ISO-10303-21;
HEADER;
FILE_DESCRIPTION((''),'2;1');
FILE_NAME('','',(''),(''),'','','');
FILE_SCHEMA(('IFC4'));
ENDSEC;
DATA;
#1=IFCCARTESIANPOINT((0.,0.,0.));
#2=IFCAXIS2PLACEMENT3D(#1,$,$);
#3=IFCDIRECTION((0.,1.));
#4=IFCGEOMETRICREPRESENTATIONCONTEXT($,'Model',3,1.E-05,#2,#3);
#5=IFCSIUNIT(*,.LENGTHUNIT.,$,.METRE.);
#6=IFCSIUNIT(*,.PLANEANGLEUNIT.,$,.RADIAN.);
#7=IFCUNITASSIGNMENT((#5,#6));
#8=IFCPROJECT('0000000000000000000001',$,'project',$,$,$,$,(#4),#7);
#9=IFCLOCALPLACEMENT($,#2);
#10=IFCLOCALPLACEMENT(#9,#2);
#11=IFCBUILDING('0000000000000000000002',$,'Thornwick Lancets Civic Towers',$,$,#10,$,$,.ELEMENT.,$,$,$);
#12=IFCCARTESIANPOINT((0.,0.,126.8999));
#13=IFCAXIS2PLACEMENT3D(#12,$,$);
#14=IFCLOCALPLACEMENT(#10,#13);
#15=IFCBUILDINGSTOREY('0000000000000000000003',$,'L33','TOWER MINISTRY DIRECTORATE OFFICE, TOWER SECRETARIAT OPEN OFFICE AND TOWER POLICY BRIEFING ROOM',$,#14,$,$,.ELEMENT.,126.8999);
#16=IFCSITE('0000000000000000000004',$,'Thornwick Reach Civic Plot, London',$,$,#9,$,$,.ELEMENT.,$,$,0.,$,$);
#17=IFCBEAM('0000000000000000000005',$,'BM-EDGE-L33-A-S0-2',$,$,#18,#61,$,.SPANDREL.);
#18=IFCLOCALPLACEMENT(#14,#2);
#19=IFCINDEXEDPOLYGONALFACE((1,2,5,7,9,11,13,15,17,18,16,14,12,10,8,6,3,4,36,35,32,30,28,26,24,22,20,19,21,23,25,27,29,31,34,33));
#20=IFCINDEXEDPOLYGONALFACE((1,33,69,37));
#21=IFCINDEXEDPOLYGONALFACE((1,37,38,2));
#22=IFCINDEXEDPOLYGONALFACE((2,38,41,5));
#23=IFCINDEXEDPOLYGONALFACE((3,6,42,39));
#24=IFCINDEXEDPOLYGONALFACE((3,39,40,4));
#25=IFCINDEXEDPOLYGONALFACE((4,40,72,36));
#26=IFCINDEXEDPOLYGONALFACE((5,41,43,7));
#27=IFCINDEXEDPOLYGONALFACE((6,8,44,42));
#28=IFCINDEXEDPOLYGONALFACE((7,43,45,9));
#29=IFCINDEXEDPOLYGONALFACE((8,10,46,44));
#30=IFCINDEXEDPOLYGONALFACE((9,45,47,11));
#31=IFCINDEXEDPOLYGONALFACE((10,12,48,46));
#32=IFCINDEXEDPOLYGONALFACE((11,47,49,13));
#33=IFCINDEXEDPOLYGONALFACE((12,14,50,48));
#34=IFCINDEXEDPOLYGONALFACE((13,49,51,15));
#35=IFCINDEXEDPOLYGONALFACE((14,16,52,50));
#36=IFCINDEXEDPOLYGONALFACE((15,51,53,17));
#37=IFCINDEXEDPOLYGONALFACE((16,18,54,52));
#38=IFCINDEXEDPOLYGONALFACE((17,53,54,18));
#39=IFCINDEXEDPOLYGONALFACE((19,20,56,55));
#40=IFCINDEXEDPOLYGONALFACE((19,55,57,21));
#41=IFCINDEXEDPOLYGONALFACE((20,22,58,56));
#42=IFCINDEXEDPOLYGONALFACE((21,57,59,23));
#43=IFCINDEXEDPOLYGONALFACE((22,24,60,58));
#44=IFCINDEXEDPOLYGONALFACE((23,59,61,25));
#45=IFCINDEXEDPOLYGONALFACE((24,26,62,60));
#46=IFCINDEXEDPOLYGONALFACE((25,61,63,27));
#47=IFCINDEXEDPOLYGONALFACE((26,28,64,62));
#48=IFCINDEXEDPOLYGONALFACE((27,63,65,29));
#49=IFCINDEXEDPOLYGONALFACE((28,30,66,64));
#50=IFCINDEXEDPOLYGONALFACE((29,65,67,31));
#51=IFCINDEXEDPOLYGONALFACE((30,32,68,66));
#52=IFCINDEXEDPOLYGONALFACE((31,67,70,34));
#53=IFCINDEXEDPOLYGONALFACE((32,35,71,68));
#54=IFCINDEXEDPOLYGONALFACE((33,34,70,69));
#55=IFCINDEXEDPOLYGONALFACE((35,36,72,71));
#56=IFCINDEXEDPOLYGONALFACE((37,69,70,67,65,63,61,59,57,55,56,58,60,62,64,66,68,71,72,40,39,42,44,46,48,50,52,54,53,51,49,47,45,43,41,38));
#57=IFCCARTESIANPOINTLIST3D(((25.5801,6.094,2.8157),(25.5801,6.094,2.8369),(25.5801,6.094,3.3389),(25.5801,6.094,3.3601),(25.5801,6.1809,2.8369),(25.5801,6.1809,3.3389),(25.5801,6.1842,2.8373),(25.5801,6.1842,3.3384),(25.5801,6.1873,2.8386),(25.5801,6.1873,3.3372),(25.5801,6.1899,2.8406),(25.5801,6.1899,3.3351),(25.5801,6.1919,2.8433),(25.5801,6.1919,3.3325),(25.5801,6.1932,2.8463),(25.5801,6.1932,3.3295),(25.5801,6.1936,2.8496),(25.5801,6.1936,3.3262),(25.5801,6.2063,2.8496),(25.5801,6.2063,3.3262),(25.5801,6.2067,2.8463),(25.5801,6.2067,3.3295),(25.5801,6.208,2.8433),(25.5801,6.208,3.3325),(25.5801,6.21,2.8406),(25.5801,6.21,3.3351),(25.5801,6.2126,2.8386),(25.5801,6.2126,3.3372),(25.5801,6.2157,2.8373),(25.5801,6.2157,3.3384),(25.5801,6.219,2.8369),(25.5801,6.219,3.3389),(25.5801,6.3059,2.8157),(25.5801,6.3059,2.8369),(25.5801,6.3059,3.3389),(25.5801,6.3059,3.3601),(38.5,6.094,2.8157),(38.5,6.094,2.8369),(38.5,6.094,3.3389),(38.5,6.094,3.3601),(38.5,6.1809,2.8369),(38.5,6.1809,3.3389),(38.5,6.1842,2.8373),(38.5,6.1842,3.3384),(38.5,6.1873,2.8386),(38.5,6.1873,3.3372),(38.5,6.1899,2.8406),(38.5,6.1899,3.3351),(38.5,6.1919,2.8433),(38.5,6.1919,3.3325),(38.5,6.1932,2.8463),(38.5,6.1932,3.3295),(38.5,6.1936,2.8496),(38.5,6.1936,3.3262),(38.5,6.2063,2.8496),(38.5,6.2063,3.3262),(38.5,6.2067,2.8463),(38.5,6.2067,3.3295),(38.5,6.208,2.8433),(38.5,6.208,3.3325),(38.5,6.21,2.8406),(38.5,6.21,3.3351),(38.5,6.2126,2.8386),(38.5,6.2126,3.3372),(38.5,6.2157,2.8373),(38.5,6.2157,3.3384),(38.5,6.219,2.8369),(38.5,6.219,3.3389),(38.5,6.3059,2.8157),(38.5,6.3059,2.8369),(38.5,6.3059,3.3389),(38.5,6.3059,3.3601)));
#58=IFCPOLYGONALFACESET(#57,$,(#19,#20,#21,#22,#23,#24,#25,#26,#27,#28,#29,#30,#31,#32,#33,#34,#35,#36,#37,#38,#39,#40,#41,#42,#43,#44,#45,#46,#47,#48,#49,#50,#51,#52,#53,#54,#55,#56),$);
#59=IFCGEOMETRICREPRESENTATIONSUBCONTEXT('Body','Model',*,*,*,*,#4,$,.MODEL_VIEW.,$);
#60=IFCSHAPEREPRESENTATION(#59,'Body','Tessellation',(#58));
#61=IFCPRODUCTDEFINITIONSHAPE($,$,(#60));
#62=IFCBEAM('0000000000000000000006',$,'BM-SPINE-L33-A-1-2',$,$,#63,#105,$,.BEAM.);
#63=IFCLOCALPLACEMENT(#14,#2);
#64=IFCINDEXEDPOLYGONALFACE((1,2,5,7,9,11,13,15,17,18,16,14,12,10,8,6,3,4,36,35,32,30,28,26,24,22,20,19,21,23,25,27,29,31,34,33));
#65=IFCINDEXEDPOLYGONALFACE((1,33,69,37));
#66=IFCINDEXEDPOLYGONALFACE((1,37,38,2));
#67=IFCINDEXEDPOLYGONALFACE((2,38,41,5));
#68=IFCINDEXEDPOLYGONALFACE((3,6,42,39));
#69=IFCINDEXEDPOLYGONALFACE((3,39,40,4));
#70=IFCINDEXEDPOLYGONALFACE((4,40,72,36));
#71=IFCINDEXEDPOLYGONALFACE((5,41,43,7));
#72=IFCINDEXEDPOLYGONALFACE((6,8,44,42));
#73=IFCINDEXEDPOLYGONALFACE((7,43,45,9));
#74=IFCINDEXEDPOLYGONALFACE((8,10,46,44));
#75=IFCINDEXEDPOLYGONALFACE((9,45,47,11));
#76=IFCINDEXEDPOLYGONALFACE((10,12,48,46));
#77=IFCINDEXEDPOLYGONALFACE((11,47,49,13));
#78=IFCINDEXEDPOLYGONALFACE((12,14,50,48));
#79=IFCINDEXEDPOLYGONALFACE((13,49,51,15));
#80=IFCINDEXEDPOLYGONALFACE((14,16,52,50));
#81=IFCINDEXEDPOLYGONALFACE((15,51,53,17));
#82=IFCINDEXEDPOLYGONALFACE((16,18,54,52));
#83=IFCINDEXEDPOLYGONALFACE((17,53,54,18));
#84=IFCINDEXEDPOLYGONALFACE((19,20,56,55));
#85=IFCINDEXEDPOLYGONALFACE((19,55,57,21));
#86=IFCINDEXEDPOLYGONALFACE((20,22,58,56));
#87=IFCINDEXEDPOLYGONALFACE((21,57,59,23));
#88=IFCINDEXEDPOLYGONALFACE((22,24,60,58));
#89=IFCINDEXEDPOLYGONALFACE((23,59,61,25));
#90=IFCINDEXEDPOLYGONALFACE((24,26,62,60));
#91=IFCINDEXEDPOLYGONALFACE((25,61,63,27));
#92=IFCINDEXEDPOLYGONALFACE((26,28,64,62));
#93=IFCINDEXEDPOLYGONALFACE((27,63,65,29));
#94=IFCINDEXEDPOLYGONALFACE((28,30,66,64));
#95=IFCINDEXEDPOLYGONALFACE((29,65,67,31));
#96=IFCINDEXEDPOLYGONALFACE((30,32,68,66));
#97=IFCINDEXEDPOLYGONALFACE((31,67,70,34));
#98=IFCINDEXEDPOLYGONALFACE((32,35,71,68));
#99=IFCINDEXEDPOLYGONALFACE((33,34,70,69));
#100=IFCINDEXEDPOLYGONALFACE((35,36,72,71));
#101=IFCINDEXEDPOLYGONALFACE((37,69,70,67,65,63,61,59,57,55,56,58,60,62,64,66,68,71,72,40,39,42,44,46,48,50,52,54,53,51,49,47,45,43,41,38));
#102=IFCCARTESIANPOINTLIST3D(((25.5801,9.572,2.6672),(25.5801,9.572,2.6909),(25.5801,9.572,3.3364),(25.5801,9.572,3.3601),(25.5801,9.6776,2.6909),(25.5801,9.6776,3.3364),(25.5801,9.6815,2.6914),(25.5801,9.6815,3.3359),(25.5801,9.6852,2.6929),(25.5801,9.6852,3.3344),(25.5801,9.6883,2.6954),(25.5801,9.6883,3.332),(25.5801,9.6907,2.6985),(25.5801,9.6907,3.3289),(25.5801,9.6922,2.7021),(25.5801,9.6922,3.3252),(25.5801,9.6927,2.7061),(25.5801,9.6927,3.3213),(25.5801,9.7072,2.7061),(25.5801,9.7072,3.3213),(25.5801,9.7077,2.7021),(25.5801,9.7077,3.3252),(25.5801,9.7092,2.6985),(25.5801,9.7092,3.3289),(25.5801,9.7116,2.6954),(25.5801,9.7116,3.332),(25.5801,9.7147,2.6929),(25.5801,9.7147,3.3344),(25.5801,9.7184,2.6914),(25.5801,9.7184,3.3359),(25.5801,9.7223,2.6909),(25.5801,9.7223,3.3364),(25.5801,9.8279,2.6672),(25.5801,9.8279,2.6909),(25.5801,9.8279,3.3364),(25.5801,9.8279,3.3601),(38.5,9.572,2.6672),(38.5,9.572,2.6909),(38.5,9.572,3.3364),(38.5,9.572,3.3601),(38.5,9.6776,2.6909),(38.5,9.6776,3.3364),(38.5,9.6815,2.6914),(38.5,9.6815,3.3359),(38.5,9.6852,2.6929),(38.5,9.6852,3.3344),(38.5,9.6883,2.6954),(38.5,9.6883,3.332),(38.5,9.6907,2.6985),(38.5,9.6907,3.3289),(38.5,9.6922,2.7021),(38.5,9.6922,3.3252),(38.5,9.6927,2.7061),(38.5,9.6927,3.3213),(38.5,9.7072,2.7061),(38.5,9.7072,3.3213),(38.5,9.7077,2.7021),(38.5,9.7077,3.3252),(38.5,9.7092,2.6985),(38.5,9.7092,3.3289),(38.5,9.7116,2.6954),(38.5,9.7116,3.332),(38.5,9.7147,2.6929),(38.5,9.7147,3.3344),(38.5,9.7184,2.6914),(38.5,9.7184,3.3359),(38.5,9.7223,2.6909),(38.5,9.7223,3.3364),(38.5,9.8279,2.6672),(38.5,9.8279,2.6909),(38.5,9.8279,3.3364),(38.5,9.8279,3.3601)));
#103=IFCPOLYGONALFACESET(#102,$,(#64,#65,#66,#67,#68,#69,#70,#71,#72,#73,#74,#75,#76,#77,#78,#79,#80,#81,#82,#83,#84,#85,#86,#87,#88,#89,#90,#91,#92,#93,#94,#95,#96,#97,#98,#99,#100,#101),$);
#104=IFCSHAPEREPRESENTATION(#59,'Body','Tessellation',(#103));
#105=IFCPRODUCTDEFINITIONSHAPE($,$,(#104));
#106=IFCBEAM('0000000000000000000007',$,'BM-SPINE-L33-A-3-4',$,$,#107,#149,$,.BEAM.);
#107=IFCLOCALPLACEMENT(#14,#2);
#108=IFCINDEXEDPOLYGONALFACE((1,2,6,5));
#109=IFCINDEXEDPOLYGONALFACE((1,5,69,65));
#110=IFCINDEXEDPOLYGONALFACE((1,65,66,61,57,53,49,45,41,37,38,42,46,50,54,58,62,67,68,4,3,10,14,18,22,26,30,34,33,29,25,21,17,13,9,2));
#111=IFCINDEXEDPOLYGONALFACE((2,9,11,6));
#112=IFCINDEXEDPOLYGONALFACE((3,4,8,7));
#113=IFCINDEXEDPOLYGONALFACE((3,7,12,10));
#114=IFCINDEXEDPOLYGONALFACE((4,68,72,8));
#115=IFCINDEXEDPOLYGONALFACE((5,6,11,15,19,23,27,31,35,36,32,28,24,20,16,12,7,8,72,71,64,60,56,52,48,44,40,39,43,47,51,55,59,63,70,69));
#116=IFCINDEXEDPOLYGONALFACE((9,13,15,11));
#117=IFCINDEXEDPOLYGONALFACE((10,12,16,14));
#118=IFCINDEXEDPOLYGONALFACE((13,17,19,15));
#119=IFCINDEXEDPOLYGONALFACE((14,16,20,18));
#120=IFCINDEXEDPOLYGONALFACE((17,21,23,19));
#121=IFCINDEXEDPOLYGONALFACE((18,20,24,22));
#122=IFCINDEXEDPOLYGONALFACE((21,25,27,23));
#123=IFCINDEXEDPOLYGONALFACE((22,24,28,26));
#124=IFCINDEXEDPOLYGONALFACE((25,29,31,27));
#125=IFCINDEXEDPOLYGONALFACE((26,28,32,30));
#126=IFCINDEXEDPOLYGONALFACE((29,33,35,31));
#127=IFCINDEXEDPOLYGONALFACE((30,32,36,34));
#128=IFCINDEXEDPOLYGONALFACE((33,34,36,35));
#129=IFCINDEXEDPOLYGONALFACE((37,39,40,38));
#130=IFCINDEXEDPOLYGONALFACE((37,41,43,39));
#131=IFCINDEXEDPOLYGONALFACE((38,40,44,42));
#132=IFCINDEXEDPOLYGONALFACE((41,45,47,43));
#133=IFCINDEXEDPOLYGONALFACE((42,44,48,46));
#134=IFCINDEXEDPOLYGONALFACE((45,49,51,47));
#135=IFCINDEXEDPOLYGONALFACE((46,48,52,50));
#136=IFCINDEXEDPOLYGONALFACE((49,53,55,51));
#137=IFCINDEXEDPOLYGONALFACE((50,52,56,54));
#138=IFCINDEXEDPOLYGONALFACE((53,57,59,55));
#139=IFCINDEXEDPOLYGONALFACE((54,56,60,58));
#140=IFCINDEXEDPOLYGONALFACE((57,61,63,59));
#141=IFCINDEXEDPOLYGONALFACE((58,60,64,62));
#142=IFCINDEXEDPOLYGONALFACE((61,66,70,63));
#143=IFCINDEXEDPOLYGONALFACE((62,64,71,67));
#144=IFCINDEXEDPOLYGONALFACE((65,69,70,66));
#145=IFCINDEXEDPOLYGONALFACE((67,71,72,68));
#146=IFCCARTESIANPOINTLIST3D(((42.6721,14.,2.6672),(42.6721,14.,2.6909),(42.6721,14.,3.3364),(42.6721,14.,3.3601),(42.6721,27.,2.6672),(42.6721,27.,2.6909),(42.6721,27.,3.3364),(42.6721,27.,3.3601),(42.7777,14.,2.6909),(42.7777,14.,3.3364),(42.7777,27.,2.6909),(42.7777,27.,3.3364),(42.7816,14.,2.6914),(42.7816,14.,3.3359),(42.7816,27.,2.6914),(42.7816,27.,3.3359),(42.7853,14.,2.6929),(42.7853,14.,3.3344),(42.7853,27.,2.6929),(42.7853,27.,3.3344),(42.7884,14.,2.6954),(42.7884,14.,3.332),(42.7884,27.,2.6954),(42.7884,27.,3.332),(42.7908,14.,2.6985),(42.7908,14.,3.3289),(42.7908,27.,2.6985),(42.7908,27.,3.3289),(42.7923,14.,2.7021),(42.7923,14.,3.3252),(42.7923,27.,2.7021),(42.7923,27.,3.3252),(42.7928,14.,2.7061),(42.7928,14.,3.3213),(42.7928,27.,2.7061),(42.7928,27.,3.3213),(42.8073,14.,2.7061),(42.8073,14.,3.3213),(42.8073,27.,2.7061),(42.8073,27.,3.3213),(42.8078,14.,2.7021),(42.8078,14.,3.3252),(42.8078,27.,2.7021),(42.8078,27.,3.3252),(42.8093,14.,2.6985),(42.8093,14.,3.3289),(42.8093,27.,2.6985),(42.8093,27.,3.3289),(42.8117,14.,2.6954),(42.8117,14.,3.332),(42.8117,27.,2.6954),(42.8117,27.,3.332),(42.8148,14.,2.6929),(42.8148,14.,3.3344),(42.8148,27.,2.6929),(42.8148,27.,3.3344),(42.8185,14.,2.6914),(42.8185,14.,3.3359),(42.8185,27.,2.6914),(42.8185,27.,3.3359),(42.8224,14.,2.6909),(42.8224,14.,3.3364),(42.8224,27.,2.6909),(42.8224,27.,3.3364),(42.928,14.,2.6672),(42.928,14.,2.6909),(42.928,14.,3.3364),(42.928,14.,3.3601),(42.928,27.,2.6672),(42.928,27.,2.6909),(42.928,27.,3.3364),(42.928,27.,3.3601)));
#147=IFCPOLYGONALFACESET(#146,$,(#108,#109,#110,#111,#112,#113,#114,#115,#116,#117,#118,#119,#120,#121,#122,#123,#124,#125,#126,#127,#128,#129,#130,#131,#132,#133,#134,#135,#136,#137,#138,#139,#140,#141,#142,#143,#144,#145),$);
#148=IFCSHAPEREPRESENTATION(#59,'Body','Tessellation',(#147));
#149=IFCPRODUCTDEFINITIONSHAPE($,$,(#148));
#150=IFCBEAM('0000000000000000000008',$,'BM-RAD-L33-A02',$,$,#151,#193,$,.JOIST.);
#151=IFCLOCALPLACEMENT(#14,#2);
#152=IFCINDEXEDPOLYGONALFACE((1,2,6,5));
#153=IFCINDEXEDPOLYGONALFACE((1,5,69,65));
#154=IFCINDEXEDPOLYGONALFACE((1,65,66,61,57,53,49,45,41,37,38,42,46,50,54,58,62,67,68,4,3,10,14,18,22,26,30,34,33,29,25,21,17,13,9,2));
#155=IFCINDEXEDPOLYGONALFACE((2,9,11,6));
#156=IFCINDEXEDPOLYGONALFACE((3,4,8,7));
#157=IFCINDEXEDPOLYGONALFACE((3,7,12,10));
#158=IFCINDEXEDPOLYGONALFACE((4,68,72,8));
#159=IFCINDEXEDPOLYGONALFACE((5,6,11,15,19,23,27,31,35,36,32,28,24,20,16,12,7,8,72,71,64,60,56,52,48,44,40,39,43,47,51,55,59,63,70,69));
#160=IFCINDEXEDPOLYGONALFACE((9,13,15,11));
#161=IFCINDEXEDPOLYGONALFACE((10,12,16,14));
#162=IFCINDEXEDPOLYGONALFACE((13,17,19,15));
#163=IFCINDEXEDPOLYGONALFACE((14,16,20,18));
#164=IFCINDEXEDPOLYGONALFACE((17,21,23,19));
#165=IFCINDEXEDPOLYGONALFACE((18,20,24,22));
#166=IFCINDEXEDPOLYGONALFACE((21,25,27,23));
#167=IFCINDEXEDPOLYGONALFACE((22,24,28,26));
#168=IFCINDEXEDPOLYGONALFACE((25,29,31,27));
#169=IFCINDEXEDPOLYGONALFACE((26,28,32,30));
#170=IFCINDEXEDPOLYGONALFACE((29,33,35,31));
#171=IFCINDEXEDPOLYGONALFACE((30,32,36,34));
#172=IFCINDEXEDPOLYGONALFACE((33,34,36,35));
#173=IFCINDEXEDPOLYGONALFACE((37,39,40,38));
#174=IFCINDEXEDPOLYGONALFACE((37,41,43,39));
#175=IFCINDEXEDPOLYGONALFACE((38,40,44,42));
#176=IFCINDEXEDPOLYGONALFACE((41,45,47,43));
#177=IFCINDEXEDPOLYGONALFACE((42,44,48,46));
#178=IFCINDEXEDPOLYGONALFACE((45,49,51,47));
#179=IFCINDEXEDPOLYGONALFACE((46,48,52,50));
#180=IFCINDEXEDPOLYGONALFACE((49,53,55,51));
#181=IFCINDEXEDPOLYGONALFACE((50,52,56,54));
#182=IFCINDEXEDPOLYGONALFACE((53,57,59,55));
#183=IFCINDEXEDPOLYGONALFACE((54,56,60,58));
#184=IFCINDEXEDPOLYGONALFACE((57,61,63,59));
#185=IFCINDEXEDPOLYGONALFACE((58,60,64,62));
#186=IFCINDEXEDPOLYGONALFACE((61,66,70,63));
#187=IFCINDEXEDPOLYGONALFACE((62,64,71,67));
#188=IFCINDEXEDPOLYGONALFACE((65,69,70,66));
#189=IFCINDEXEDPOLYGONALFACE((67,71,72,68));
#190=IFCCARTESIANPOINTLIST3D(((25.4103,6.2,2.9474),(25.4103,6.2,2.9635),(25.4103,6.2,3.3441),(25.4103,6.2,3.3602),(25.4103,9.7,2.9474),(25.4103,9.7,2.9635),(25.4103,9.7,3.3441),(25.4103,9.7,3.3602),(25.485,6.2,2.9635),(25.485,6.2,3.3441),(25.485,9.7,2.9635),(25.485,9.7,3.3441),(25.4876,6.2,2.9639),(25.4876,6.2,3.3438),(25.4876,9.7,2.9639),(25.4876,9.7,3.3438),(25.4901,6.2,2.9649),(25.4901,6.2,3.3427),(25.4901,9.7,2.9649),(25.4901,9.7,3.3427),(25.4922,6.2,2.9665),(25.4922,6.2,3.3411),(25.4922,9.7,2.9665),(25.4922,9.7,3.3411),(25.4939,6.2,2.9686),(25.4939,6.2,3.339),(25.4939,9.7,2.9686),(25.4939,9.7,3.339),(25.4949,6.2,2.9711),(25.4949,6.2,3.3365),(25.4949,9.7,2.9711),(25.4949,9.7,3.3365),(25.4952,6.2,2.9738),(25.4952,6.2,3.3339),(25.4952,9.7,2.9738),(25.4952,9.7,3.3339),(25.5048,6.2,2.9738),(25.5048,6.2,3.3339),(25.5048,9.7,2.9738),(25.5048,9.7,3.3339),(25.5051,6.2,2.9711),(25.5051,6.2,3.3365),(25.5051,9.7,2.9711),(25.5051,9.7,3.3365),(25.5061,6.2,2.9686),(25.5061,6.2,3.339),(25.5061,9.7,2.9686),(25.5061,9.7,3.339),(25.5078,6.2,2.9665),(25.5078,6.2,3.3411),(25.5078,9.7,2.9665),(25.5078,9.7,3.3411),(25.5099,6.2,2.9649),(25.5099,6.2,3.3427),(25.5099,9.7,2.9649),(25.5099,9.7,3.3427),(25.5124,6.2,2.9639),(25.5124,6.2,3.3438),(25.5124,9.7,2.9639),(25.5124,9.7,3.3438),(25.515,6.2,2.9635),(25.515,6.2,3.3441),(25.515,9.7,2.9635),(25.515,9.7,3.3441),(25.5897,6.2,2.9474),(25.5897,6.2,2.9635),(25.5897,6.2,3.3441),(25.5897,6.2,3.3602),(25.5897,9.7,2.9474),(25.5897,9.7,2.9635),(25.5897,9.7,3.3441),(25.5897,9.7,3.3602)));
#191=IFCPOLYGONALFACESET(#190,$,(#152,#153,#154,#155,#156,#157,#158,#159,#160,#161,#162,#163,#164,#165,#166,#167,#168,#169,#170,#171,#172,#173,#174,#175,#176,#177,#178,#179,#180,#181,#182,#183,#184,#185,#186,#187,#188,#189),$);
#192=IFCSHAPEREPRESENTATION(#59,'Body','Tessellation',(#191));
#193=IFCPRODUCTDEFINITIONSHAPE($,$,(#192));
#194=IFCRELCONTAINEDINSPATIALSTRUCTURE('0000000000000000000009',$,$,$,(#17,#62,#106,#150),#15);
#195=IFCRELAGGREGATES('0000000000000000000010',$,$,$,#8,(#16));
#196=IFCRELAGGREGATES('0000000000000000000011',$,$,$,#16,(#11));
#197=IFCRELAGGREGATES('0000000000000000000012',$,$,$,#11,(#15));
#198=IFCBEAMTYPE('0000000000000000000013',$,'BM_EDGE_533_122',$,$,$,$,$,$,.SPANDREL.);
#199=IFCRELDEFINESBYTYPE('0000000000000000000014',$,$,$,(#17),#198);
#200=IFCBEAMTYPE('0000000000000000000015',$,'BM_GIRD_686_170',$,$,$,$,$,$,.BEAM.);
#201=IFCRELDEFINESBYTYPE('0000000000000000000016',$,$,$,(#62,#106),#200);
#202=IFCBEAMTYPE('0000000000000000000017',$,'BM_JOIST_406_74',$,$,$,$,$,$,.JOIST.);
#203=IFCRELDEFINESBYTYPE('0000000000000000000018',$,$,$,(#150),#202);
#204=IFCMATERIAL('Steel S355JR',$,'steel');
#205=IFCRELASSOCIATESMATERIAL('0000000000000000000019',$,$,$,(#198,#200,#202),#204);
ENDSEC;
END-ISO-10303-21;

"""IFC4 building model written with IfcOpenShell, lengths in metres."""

from ifc_helpers import new_model, si_unit, direction, frame, origin, origin_2d, place, context, subcontext, project, spatial, i_section, extrude, material, material_profile, profile_set, type_object, element, save


model = new_model("IFC4")

# Units and contexts
model_context = context("Model", 3, precision=1e-05, world=origin(), true_north=direction((0.0, 1.0)))
body_context = subcontext(model_context, "Body", "Model", "MODEL_VIEW")
ifc_project = project(units=[si_unit("LENGTHUNIT", "METRE"), si_unit("PLANEANGLEUNIT", "RADIAN")], contexts=[model_context])

# Site, building, storey
site_placement = place(None, origin())
site = spatial("IfcSite", under=ifc_project, at=site_placement, Name="Thornwick Reach Civic Plot, London", CompositionType="ELEMENT", RefElevation=0.0)
building_placement = place(site_placement, origin())
building = spatial("IfcBuilding", under=site, at=building_placement, Name="Thornwick Lancets Civic Towers", CompositionType="ELEMENT")
storey_placement = place(building_placement, frame((0.0, 0.0, 126.8999)))
storey = spatial("IfcBuildingStorey", under=building, at=storey_placement, Name="L33", Description="TOWER MINISTRY DIRECTORATE OFFICE, TOWER SECRETARIAT OPEN OFFICE AND TOWER POLICY BRIEFING ROOM", CompositionType="ELEMENT", Elevation=126.8999)

# Beams
ifc_material_1 = material(Name="Steel S355JR", Category="steel")
ifc_material_profile_1 = material_profile(ifc_material_1, i_section(OverallWidth=0.2119, OverallDepth=0.5444, WebThickness=0.0127, FlangeThickness=0.0212, FilletRadius=0.0127, at=origin_2d()), Name="UKB 533x210x122")
ifc_profile_set_1 = profile_set([ifc_material_profile_1], Name="Steel S355JR")
beam_type_1 = type_object("IfcBeamType", Name="BM_EDGE_533_122", PredefinedType="SPANDREL", material=ifc_profile_set_1)
beam_1_placement = place(storey_placement, frame((25.5801, 6.2, 3.0879), z_axis=(1.0, 0.0, 0.0), x_axis=(0.0, 1.0, 0.0)))
element("IfcBeam", 1, at=beam_1_placement, inside=storey, type_object=beam_type_1, Name="BM-EDGE-L33-A-S0-2", PredefinedType="SPANDREL", context=body_context, shape_type="SweptSolid", body=[
    extrude(i_section(OverallWidth=0.2119, OverallDepth=0.5444, WebThickness=0.0127, FlangeThickness=0.0212, FilletRadius=0.0127, at=origin_2d()), origin(), (0.0, 0.0, 1.0), 12.9199),
])
ifc_material_profile_2 = material_profile(ifc_material_1, i_section(OverallWidth=0.2559, OverallDepth=0.6929, WebThickness=0.0144, FlangeThickness=0.0237, FilletRadius=0.0151, at=origin_2d()), Name="UKB 686x254x170")
ifc_profile_set_2 = profile_set([ifc_material_profile_2], Name="Steel S355JR")
beam_type_2 = type_object("IfcBeamType", Name="BM_GIRD_686_170", PredefinedType="BEAM", material=ifc_profile_set_2)
beam_2_placement = place(storey_placement, frame((25.5801, 9.7, 3.0137), z_axis=(1.0, 0.0, 0.0), x_axis=(0.0, 1.0, 0.0)))
element("IfcBeam", 2, at=beam_2_placement, inside=storey, type_object=beam_type_2, Name="BM-SPINE-L33-A-1-2", PredefinedType="BEAM", context=body_context, shape_type="SweptSolid", body=[
    extrude(i_section(OverallWidth=0.2559, OverallDepth=0.6929, WebThickness=0.0144, FlangeThickness=0.0237, FilletRadius=0.0151, at=origin_2d()), origin(), (0.0, 0.0, 1.0), 12.9199),
])
beam_3_placement = place(storey_placement, frame((42.8, 14.0, 3.0137), z_axis=(0.0, 1.0, 0.0), x_axis=(-1.0, 0.0, 0.0)))
element("IfcBeam", 3, at=beam_3_placement, inside=storey, type_object=beam_type_2, Name="BM-SPINE-L33-A-3-4", PredefinedType="BEAM", context=body_context, shape_type="SweptSolid", body=[
    extrude(i_section(OverallWidth=0.2559, OverallDepth=0.6929, WebThickness=0.0144, FlangeThickness=0.0237, FilletRadius=0.0151, at=origin_2d()), origin(), (0.0, 0.0, 1.0), 13.0),
])
ifc_material_profile_3 = material_profile(ifc_material_1, i_section(OverallWidth=0.1794, OverallDepth=0.4128, WebThickness=0.0095, FlangeThickness=0.0161, FilletRadius=0.0103, at=origin_2d()), Name="UKB 406x178x74")
ifc_profile_set_3 = profile_set([ifc_material_profile_3], Name="Steel S355JR")
beam_type_3 = type_object("IfcBeamType", Name="BM_JOIST_406_74", PredefinedType="JOIST", material=ifc_profile_set_3)
for number, where, z_axis, x_axis, name in (
    (4, (25.5, 9.7, 3.1538), (0.0, -1.0, 0.0), (1.0, 0.0, 0.0), "BM-RAD-L33-A02"),
):
    element("IfcBeam", number, at=place(storey_placement, frame(where, z_axis=z_axis, x_axis=x_axis)), inside=storey, type_object=beam_type_3, Name=name, PredefinedType="JOIST", context=body_context, shape_type="SweptSolid", body=[
        extrude(i_section(OverallWidth=0.1794, OverallDepth=0.4128, WebThickness=0.0095, FlangeThickness=0.0161, FilletRadius=0.0103, at=origin_2d()), origin(), (0.0, 0.0, 1.0), 3.5),
    ])

save(model, "model.ifc")
